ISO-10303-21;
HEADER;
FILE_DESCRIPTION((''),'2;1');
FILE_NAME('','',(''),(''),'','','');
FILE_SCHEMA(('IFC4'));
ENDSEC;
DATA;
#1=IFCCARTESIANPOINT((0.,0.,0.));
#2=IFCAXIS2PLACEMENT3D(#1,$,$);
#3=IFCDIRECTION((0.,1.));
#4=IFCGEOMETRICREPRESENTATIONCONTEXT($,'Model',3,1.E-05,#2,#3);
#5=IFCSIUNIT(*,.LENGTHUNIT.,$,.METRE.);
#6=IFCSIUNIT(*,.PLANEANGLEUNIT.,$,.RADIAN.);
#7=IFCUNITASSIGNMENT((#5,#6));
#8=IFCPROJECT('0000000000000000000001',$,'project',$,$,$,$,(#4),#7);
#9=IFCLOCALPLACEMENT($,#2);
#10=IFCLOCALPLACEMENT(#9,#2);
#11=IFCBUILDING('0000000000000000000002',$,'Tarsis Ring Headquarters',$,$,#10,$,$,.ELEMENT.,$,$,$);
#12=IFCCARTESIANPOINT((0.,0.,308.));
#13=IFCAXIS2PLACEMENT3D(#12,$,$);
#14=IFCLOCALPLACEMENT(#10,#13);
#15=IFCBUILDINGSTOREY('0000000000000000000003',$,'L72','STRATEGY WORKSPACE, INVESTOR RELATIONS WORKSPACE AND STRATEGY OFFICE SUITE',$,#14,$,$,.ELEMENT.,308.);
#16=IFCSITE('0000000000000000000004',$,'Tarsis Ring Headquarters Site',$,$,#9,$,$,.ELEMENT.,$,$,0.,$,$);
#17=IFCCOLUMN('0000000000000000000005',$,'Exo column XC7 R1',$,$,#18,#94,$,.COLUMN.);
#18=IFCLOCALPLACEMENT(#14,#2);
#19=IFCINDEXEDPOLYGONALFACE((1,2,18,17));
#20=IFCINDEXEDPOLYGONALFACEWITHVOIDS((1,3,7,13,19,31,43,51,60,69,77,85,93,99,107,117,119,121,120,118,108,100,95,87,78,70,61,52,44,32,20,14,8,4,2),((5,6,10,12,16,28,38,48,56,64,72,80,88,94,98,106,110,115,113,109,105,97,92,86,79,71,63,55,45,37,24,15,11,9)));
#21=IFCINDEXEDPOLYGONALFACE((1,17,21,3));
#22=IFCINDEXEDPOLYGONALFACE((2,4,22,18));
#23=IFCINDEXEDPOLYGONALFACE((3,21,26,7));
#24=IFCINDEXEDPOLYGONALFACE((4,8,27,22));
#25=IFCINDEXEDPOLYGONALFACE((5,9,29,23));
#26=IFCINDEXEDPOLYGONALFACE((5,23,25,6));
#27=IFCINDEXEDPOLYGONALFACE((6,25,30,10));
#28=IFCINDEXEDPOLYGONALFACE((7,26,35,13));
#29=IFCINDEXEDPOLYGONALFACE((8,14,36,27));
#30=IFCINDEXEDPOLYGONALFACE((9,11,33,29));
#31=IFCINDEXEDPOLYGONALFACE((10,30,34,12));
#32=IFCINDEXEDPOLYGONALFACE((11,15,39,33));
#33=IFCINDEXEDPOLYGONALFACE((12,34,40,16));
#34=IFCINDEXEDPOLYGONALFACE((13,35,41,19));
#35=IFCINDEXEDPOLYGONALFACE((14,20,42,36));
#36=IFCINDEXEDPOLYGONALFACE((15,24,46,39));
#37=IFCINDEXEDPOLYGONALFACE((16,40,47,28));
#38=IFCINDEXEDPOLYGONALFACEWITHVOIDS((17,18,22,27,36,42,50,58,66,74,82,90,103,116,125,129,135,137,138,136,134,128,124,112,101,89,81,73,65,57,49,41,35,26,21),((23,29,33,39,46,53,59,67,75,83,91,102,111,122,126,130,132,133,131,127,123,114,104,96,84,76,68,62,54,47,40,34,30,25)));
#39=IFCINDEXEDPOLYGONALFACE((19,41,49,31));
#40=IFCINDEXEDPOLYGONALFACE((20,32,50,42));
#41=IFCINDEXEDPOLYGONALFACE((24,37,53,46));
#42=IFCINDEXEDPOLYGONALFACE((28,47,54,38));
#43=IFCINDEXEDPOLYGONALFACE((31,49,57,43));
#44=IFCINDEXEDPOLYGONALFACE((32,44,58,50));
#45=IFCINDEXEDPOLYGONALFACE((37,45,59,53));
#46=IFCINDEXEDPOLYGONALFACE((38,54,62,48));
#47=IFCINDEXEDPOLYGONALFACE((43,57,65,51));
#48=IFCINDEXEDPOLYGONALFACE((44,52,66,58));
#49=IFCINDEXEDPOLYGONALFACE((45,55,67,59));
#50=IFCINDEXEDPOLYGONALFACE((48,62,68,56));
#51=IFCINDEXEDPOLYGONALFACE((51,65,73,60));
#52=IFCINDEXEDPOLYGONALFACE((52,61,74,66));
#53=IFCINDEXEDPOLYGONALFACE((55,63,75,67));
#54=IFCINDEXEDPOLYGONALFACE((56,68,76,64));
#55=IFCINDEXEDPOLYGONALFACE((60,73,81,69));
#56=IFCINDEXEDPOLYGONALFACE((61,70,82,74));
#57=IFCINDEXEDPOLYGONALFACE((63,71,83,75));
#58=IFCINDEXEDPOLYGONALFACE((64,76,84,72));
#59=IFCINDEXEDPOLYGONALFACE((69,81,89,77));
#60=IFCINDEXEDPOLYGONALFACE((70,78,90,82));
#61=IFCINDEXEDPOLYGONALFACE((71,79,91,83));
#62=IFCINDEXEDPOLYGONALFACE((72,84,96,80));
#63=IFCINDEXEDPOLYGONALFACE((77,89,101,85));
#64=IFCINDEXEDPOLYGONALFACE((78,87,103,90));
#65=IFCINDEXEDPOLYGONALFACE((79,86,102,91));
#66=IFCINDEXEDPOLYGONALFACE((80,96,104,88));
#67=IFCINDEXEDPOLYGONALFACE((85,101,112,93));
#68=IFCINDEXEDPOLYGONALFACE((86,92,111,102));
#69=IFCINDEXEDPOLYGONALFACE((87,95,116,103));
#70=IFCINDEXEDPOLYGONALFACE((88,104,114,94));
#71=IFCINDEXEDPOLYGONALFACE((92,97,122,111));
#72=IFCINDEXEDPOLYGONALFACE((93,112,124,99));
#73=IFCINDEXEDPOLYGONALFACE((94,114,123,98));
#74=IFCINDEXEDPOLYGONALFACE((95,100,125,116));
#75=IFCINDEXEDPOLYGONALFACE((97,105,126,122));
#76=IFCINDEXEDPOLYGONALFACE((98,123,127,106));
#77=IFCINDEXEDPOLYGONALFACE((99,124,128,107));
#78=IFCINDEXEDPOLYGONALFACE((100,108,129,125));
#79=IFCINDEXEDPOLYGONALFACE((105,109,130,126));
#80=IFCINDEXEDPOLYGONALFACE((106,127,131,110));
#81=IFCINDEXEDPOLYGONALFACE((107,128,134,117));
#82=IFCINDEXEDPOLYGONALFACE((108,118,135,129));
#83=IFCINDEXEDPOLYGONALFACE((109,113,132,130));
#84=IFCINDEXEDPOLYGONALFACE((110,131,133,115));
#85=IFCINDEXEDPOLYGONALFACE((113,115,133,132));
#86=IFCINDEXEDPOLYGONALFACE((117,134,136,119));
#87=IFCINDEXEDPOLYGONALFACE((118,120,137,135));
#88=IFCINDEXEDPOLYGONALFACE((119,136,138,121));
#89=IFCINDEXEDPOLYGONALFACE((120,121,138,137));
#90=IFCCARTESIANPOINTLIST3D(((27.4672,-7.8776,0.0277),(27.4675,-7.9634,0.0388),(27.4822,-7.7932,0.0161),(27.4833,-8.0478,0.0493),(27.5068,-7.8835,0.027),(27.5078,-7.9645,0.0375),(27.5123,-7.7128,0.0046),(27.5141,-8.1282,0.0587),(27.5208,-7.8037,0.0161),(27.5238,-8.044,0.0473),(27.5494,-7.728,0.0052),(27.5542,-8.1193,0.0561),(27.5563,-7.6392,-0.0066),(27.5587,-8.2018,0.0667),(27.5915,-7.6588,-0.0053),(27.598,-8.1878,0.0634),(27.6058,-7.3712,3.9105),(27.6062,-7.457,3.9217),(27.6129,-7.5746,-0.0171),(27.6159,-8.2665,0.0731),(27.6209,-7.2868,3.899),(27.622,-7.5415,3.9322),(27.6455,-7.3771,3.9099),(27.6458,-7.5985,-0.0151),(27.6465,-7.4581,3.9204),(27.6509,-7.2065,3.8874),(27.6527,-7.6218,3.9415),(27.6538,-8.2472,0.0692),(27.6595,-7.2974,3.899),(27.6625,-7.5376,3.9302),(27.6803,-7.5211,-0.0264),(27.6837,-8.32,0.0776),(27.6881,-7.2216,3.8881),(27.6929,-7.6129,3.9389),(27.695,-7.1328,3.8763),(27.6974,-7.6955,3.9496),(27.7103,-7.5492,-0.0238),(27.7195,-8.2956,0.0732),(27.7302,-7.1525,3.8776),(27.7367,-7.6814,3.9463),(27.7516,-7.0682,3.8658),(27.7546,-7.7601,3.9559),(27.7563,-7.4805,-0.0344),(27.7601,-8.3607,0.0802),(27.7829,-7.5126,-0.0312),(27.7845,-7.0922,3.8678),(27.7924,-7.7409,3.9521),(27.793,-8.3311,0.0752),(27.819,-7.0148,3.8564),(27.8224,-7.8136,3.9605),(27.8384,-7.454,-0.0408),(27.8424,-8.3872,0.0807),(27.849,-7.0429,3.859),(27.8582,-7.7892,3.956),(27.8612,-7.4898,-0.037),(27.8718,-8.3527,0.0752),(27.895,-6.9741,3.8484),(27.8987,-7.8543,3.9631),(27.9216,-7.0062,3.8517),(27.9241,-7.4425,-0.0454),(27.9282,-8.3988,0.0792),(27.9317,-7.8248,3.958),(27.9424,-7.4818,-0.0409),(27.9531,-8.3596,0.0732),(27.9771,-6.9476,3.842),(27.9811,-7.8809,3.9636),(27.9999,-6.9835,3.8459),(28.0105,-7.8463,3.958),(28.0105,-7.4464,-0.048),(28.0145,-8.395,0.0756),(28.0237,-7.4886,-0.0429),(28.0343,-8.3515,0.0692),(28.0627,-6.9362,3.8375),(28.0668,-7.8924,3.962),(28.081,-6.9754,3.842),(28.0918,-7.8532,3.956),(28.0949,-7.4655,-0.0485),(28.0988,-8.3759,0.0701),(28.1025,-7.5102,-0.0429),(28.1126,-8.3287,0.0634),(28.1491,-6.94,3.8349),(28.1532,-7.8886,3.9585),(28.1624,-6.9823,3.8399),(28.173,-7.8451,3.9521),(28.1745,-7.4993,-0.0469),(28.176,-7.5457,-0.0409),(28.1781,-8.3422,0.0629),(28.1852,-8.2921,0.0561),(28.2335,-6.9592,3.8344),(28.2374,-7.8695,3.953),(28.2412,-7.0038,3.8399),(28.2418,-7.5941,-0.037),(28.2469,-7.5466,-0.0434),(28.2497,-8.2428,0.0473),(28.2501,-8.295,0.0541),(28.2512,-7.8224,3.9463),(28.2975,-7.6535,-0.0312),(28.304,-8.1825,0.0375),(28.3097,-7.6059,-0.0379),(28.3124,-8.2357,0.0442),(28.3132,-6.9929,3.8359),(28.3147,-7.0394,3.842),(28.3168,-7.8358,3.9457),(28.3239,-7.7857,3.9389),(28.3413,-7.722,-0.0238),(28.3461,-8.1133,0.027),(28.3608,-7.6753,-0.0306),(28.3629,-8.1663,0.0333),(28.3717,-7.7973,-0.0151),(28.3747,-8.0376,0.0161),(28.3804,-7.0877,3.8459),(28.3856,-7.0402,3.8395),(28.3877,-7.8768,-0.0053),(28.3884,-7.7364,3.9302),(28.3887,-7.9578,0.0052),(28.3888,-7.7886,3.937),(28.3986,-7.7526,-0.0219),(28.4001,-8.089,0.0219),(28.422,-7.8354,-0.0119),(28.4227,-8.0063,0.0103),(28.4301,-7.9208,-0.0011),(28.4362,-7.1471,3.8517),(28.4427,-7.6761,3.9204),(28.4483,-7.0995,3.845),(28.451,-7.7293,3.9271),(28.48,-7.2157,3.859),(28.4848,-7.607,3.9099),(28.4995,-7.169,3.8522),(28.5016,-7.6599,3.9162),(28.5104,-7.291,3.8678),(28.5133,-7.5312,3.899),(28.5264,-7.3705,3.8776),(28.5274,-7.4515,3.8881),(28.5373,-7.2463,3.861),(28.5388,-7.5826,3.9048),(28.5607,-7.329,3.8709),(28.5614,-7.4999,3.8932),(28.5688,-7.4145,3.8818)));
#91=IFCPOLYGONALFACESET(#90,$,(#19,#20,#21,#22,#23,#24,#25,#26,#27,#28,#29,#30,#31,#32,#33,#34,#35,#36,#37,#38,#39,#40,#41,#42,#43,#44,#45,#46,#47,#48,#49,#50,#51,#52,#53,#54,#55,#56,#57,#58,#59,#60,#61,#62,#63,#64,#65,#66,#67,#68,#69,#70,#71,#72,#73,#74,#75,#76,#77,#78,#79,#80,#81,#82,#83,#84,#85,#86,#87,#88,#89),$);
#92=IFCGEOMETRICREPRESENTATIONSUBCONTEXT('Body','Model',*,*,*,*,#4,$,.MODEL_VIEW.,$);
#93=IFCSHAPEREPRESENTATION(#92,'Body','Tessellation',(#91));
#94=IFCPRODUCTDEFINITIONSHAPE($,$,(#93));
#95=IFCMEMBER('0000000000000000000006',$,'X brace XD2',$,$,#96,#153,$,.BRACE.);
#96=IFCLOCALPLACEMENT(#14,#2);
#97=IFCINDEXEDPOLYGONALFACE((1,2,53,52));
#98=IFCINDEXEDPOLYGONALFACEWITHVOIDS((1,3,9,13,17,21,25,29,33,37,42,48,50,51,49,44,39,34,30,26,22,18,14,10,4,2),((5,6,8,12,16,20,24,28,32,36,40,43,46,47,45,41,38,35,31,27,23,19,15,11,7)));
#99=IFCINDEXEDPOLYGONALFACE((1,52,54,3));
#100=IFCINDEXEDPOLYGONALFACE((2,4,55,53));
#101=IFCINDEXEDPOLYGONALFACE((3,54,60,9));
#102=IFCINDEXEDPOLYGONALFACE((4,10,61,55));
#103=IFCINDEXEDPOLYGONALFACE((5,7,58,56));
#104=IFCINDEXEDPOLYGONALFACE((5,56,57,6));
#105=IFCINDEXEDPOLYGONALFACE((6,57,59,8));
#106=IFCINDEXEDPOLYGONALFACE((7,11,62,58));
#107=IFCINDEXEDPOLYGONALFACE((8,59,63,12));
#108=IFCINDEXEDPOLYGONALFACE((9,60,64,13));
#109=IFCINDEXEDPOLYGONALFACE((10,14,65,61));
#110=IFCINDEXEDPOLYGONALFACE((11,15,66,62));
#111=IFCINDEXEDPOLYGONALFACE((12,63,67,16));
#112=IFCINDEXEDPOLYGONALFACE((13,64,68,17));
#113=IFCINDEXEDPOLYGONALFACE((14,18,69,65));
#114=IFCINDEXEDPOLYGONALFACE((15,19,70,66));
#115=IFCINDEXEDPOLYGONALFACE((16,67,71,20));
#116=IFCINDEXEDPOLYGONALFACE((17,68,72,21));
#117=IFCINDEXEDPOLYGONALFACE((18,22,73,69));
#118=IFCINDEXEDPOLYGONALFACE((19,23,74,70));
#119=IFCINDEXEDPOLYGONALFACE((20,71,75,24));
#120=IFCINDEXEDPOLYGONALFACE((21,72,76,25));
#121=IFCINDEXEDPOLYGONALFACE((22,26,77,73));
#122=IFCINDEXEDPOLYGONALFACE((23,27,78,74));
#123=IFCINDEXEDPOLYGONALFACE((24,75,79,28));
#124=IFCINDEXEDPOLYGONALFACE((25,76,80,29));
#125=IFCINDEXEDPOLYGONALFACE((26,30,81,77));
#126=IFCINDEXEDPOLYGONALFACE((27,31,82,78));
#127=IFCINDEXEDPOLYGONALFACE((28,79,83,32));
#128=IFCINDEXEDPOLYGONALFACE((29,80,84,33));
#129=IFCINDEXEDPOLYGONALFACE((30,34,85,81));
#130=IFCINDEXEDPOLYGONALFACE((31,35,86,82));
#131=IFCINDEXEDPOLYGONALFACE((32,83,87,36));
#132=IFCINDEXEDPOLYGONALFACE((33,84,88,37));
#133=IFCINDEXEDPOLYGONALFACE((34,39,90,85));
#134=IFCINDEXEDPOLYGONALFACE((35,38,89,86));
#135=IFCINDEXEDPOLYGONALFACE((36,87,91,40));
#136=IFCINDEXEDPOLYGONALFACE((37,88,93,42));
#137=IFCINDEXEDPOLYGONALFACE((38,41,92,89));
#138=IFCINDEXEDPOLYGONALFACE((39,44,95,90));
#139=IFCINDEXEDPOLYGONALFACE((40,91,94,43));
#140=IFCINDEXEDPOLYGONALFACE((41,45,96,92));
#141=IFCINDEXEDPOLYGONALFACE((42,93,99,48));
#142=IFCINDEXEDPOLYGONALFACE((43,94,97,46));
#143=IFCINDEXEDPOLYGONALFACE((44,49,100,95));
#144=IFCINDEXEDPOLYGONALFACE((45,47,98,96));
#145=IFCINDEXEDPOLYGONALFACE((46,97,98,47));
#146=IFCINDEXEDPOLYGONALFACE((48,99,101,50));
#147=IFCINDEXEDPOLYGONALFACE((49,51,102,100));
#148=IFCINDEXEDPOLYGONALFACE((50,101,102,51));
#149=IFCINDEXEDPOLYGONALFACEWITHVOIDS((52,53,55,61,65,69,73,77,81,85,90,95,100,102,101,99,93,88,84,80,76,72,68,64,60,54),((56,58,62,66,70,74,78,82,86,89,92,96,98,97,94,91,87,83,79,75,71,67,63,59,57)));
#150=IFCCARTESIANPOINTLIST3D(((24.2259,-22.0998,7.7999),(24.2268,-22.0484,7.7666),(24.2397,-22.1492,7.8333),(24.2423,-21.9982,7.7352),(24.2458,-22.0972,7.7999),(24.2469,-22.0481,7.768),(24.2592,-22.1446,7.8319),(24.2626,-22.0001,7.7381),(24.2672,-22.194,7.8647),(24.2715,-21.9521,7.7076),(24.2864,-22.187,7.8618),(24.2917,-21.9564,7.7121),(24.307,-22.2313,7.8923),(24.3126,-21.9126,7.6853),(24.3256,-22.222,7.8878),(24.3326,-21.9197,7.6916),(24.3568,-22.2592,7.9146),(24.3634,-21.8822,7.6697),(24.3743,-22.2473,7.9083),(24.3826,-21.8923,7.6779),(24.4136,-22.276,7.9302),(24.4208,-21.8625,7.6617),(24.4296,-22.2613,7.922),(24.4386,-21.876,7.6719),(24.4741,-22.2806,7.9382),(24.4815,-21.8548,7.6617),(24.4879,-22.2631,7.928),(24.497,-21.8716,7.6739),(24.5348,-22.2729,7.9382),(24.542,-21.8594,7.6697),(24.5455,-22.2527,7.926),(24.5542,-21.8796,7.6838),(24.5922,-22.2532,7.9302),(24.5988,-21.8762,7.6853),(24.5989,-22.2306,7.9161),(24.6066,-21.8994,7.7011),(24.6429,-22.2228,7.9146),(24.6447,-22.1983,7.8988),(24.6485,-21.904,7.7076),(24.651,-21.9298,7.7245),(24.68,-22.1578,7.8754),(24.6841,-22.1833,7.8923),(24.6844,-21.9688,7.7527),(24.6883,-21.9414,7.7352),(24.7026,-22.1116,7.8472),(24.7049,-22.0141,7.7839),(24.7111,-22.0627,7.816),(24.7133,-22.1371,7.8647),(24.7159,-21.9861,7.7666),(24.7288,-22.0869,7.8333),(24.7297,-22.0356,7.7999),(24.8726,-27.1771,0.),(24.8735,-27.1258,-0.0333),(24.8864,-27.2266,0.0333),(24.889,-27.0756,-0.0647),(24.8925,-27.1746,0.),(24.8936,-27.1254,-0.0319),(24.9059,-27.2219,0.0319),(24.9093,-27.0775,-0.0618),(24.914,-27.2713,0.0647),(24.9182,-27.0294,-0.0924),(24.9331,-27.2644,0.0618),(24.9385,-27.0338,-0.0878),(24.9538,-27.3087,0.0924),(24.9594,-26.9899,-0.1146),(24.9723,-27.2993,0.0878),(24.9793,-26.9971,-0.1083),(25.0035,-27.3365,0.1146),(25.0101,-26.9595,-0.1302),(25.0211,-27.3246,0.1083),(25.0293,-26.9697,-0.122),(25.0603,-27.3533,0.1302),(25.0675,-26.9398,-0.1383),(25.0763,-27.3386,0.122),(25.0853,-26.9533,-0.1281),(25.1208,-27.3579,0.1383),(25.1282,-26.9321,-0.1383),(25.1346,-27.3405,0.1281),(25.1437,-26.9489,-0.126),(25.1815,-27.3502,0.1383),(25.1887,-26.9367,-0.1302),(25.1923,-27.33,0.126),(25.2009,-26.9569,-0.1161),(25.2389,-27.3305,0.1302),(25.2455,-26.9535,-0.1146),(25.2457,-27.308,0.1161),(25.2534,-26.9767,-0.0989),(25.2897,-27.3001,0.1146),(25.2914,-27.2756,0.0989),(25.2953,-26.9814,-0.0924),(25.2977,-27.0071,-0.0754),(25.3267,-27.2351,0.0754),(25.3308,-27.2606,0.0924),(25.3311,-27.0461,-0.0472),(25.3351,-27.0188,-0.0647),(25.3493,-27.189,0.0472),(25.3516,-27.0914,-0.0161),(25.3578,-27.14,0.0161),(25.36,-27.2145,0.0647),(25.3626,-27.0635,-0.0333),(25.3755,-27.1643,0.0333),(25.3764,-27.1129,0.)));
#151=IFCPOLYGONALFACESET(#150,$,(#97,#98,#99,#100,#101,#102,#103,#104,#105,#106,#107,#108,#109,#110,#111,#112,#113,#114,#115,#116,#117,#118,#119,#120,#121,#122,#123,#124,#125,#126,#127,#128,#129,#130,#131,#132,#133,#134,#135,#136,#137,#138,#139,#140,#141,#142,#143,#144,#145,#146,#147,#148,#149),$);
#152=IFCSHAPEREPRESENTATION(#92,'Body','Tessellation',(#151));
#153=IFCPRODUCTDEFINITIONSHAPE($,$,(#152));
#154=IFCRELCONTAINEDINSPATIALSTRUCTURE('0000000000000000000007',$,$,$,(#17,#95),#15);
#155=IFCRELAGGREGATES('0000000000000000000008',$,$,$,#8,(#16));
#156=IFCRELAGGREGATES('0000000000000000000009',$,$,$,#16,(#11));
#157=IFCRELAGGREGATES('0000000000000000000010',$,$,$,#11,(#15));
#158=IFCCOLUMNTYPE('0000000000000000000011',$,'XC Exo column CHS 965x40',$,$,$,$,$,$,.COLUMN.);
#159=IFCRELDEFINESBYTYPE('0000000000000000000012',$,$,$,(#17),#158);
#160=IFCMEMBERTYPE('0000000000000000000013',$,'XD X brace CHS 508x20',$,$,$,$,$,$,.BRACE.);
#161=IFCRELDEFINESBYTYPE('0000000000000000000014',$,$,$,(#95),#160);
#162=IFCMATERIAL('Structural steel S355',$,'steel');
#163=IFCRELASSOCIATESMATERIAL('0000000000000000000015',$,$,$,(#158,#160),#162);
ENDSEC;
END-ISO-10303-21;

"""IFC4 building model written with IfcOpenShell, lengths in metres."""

from ifc_helpers import new_model, si_unit, direction, frame, origin, origin_2d, place, context, subcontext, project, spatial, hollow_circle, extrude, material, material_profile, profile_set, type_object, element, save


model = new_model("IFC4")

# Units and contexts
model_context = context("Model", 3, precision=1e-05, world=origin(), true_north=direction((0.0, 1.0)))
body_context = subcontext(model_context, "Body", "Model", "MODEL_VIEW")
ifc_project = project(units=[si_unit("LENGTHUNIT", "METRE"), si_unit("PLANEANGLEUNIT", "RADIAN")], contexts=[model_context])

# Site, building, storey
site_placement = place(None, origin())
site = spatial("IfcSite", under=ifc_project, at=site_placement, Name="Tarsis Ring Headquarters Site", CompositionType="ELEMENT", RefElevation=0.0)
building_placement = place(site_placement, origin())
building = spatial("IfcBuilding", under=site, at=building_placement, Name="Tarsis Ring Headquarters", CompositionType="ELEMENT")
storey_placement = place(building_placement, frame((0.0, 0.0, 308.0)))
storey = spatial("IfcBuildingStorey", under=building, at=storey_placement, Name="L72", Description="STRATEGY WORKSPACE, INVESTOR RELATIONS WORKSPACE AND STRATEGY OFFICE SUITE", CompositionType="ELEMENT", Elevation=308.0)

# Column
ifc_material_1 = material(Name="Structural steel S355", Category="steel")
ifc_material_profile_1 = material_profile(ifc_material_1, hollow_circle(Radius=0.4827, WallThickness=0.04, at=origin_2d()), Name="CHS 965x40")
ifc_profile_set_1 = profile_set([ifc_material_profile_1], Name="Structural steel S355")
column_type = type_object("IfcColumnType", Name="XC Exo column CHS 965x40", PredefinedType="COLUMN", material=ifc_profile_set_1)
for number, where, z_axis, x_axis, name in (
    (1, (27.9478, -7.9207, 0.0161), (0.035392, 0.129232, 0.990983), (-0.964484, 0.26414, 0.0), "Exo column XC7 R1"),
):
    element("IfcColumn", number, at=place(storey_placement, frame(where, z_axis=z_axis, x_axis=x_axis)), inside=storey, type_object=column_type, Name=name, PredefinedType="COLUMN", context=body_context, shape_type="SweptSolid", body=[
        extrude(hollow_circle(Radius=0.4827, WallThickness=0.04, at=origin_2d()), origin(), (0.0, 0.0, 1.0), 3.9182),
    ])

# Member
ifc_material_profile_2 = material_profile(ifc_material_1, hollow_circle(Radius=0.2539, WallThickness=0.02, at=origin_2d()), Name="CHS 508x20")
ifc_profile_set_2 = profile_set([ifc_material_profile_2], Name="Structural steel S355")
member_type = type_object("IfcMemberType", Name="XD X brace CHS 508x20", PredefinedType="BRACE", material=ifc_profile_set_2)
member_1_placement = place(storey_placement, frame((25.1245, -27.145, 0.0), z_axis=(-0.069321, 0.544232, 0.836066), x_axis=(-0.991985, -0.126353, 0.0)))
element("IfcMember", 2, at=member_1_placement, inside=storey, type_object=member_type, Name="X brace XD2", PredefinedType="BRACE", context=body_context, shape_type="SweptSolid", body=[
    extrude(hollow_circle(Radius=0.2539, WallThickness=0.02, at=origin_2d()), origin(), (0.0, 0.0, 1.0), 9.3293),
])

save(model, "model.ifc")
